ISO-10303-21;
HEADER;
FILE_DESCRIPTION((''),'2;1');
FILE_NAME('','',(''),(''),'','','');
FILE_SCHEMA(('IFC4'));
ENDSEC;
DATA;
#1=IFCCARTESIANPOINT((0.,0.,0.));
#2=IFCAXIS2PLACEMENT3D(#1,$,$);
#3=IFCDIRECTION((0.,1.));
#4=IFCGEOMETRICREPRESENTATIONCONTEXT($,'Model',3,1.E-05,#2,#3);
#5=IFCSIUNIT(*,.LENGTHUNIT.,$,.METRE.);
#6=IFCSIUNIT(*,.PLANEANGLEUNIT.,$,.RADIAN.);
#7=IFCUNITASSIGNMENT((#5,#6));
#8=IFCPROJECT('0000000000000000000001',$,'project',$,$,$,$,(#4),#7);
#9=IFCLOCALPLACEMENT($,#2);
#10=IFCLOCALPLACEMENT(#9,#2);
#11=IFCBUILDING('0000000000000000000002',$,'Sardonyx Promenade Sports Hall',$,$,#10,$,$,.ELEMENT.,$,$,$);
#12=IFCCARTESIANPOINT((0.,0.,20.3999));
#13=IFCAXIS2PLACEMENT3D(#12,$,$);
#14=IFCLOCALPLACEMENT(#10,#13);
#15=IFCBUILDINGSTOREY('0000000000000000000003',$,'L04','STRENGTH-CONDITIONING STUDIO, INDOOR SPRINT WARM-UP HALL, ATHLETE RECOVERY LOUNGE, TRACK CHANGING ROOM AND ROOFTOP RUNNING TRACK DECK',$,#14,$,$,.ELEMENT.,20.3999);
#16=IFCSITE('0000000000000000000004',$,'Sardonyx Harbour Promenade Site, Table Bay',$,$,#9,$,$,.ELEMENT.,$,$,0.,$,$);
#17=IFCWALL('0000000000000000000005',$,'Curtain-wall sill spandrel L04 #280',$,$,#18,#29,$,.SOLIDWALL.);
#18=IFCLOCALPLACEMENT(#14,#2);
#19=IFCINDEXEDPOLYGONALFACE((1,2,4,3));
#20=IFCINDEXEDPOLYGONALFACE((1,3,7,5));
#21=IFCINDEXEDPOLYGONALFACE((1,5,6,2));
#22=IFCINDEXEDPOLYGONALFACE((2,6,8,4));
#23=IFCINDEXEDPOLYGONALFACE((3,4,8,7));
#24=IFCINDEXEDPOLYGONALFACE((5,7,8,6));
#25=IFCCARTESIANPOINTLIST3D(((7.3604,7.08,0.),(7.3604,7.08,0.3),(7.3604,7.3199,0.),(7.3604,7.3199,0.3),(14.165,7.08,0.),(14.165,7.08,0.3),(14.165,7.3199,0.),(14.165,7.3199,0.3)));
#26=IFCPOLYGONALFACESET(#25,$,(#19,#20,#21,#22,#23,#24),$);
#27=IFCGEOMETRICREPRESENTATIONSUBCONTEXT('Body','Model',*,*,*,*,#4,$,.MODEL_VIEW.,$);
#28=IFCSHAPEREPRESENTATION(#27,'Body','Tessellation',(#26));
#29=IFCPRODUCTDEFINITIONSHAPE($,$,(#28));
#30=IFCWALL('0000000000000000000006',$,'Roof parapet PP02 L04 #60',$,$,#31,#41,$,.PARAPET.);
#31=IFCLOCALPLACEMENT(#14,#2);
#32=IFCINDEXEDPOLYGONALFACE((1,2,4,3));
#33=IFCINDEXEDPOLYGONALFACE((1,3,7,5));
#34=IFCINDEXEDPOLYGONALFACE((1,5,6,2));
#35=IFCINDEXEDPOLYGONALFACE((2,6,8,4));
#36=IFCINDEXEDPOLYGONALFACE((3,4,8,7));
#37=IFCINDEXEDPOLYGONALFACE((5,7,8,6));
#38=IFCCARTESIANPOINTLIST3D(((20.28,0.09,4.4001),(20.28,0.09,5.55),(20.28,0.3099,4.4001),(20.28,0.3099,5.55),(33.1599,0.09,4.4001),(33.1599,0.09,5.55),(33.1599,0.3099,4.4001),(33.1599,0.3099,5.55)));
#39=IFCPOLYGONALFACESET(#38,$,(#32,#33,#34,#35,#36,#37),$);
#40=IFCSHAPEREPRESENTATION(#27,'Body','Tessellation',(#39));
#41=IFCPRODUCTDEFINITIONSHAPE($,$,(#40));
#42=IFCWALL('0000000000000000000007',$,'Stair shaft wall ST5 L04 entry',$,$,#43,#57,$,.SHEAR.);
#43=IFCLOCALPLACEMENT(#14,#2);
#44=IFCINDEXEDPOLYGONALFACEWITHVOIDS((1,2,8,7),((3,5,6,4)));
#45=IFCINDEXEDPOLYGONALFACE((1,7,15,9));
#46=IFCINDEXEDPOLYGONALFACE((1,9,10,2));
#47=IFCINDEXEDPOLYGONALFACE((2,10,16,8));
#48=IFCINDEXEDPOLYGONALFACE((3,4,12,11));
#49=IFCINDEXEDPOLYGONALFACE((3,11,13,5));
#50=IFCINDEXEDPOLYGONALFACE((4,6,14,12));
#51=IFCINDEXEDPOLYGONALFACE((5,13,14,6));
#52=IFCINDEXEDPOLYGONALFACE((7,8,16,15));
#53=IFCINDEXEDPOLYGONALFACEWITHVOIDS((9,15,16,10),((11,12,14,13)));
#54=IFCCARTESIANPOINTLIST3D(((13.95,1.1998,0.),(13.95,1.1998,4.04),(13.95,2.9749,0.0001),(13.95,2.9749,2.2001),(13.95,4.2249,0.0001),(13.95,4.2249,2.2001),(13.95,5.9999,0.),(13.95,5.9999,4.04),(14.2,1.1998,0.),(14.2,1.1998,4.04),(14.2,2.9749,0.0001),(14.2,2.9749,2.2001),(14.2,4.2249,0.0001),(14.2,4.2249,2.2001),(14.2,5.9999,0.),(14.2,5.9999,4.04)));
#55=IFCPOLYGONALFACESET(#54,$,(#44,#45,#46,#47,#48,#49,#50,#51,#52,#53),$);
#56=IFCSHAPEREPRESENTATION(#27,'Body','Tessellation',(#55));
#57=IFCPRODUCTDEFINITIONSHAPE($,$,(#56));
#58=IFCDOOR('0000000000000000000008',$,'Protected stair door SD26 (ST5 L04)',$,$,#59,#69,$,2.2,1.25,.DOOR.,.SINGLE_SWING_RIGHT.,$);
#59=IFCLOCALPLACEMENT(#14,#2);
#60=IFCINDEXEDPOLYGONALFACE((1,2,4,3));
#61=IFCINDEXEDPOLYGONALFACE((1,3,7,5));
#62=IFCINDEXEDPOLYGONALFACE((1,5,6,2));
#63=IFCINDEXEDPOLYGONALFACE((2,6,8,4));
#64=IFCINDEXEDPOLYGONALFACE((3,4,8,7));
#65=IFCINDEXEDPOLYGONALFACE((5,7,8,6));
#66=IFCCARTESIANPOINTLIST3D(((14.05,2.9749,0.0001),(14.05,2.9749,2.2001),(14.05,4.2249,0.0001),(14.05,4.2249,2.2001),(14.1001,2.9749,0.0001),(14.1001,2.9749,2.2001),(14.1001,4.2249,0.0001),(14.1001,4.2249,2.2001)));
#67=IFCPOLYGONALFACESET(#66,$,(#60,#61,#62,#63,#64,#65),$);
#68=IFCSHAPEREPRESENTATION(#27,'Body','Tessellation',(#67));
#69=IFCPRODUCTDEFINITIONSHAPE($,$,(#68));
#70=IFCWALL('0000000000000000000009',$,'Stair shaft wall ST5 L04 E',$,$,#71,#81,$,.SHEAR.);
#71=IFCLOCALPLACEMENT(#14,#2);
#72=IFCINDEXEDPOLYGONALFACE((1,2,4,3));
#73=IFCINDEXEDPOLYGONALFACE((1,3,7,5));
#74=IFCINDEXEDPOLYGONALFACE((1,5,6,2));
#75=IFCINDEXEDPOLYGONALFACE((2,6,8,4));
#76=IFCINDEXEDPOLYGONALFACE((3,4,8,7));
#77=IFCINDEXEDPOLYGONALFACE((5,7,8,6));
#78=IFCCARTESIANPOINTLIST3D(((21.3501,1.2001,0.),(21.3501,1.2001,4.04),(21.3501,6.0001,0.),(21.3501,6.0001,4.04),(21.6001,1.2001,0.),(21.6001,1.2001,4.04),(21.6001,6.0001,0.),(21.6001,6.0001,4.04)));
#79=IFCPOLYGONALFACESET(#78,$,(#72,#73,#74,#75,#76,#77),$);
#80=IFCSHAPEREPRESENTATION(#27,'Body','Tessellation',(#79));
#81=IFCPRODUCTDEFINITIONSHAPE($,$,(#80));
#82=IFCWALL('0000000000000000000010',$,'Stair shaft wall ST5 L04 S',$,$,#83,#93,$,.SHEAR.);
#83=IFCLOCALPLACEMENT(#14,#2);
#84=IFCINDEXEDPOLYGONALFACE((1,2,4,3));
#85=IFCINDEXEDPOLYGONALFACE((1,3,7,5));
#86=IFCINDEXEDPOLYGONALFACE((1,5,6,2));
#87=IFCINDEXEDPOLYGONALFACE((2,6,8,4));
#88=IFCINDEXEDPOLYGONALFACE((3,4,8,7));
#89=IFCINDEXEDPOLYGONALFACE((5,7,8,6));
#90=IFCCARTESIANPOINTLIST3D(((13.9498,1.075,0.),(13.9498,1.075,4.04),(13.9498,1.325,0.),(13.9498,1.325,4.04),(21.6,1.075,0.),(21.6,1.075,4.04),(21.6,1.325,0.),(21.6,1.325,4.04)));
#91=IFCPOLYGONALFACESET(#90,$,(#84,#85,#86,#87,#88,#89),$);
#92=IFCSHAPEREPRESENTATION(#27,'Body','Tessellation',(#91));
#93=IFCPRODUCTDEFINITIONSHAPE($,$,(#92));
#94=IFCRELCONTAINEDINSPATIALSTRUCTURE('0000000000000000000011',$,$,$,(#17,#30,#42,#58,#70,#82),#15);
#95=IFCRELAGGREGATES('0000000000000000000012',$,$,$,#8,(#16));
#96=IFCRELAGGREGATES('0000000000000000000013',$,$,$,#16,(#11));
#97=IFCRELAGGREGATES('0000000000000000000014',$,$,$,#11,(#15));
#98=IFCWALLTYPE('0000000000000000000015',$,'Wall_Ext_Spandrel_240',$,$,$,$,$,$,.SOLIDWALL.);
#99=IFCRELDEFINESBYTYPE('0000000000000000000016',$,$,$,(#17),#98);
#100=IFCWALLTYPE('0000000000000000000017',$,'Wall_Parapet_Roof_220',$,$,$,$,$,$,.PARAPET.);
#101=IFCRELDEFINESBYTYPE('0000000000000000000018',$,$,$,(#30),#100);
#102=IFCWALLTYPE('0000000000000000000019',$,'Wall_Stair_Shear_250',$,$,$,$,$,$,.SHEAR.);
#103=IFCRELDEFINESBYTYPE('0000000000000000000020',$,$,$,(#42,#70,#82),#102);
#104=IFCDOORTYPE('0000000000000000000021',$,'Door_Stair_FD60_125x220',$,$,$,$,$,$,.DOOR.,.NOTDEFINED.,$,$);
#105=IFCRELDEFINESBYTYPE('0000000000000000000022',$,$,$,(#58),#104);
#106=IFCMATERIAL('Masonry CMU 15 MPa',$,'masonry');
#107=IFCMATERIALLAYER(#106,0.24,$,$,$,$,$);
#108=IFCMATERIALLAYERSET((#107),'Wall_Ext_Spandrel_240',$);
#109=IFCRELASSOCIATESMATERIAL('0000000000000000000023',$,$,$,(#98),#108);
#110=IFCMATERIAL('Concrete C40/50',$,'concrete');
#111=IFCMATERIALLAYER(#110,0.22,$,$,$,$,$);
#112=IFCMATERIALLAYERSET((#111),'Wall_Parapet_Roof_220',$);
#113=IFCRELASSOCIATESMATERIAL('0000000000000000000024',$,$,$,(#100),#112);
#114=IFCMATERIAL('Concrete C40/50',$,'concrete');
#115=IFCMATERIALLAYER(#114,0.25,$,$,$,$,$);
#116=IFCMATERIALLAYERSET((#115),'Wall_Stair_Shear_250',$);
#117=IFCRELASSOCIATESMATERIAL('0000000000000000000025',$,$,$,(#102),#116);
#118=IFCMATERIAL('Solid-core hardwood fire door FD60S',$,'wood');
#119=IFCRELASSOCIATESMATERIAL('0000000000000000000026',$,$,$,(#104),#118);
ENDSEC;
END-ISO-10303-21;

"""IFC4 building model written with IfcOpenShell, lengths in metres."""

from ifc_helpers import new_model, si_unit, direction, frame, frame_2d, origin, place, context, subcontext, project, spatial, rectangle, extrude, material, layer, layer_set, type_object, element, fill, save


model = new_model("IFC4")

# Units and contexts
model_context = context("Model", 3, precision=1e-05, world=origin(), true_north=direction((0.0, 1.0)))
body_context = subcontext(model_context, "Body", "Model", "MODEL_VIEW")
ifc_project = project(units=[si_unit("LENGTHUNIT", "METRE"), si_unit("PLANEANGLEUNIT", "RADIAN")], contexts=[model_context])

# Site, building, storey
site_placement = place(None, origin())
site = spatial("IfcSite", under=ifc_project, at=site_placement, Name="Sardonyx Harbour Promenade Site, Table Bay", CompositionType="ELEMENT", RefElevation=0.0)
building_placement = place(site_placement, origin())
building = spatial("IfcBuilding", under=site, at=building_placement, Name="Sardonyx Promenade Sports Hall", CompositionType="ELEMENT")
storey_placement = place(building_placement, frame((0.0, 0.0, 20.3999)))
storey = spatial("IfcBuildingStorey", under=building, at=storey_placement, Name="L04", Description="STRENGTH-CONDITIONING STUDIO, INDOOR SPRINT WARM-UP HALL, ATHLETE RECOVERY LOUNGE, TRACK CHANGING ROOM AND ROOFTOP RUNNING TRACK DECK", CompositionType="ELEMENT", Elevation=20.3999)

# Walls
ifc_material_1 = material(Name="Masonry CMU 15 MPa", Category="masonry")
ifc_layer_1 = layer(ifc_material_1, 0.24)
ifc_layer_set_1 = layer_set([ifc_layer_1], Name="Wall_Ext_Spandrel_240")
wall_type_1 = type_object("IfcWallType", Name="Wall_Ext_Spandrel_240", PredefinedType="SOLIDWALL", material=ifc_layer_set_1)
wall_1_placement = place(storey_placement, frame((14.165, 7.2, 0.0), z_axis=(0.0, 0.0, 1.0), x_axis=(-1.0, 0.0, 0.0)))
element("IfcWall", 1, at=wall_1_placement, inside=storey, type_object=wall_type_1, Name="Curtain-wall sill spandrel L04 #280", PredefinedType="SOLIDWALL", context=body_context, shape_type="SweptSolid", body=[
    extrude(rectangle(XDim=6.8047, YDim=0.24, at=frame_2d((3.4023, 0.0))), origin(), (0.0, 0.0, 1.0), 0.3),
])
ifc_material_2 = material(Name="Concrete C40/50", Category="concrete")
ifc_layer_2 = layer(ifc_material_2, 0.22)
ifc_layer_set_2 = layer_set([ifc_layer_2], Name="Wall_Parapet_Roof_220")
wall_type_2 = type_object("IfcWallType", Name="Wall_Parapet_Roof_220", PredefinedType="PARAPET", material=ifc_layer_set_2)
wall_2_placement = place(storey_placement, frame((20.28, 0.2, 4.4001), z_axis=(0.0, 0.0, 1.0), x_axis=(1.0, 0.0, 0.0)))
element("IfcWall", 2, at=wall_2_placement, inside=storey, type_object=wall_type_2, Name="Roof parapet PP02 L04 #60", PredefinedType="PARAPET", context=body_context, shape_type="SweptSolid", body=[
    extrude(rectangle(XDim=12.8799, YDim=0.22, at=frame_2d((6.4399, 0.0))), origin(), (0.0, 0.0, 1.0), 1.1499),
])

# Wall, opening, door
ifc_material_3 = material(Name="Concrete C40/50", Category="concrete")
ifc_layer_3 = layer(ifc_material_3, 0.25)
ifc_layer_set_3 = layer_set([ifc_layer_3], Name="Wall_Stair_Shear_250")
wall_type_3 = type_object("IfcWallType", Name="Wall_Stair_Shear_250", PredefinedType="SHEAR", material=ifc_layer_set_3)
wall_3_placement = place(storey_placement, frame((14.075, 1.2, 0.0), z_axis=(0.0, 0.0, 1.0), x_axis=(0.0, 1.0, 0.0)))
wall_3 = element("IfcWall", 3, at=wall_3_placement, inside=storey, type_object=wall_type_3, Name="Stair shaft wall ST5 L04 entry", PredefinedType="SHEAR", context=body_context, shape_type="SweptSolid", body=[
    extrude(rectangle(XDim=4.8, YDim=0.25, at=frame_2d((2.3999, 0.0))), origin(), (0.0, 0.0, 1.0), 4.04),
])
opening_1_placement = place(wall_3_placement, frame((1.7749, 0.0, 0.0)))
opening_1 = element("IfcOpeningElement", 4, at=opening_1_placement, cuts=wall_3, PredefinedType="OPENING", context=body_context, shape_type="SweptSolid", body=[
    extrude(rectangle(XDim=1.25, YDim=2.2, at=frame_2d((0.625, 1.1001))), frame((0.0, 0.135, 0.0), z_axis=(0.0, -1.0, 0.0), x_axis=(1.0, 0.0, 0.0)), (0.0, 0.0, 1.0), 0.27),
])
ifc_material_4 = material(Name="Solid-core hardwood fire door FD60S", Category="wood")
door_type_1 = type_object("IfcDoorType", Name="Door_Stair_FD60_125x220", OperationType="NOTDEFINED", PredefinedType="DOOR", material=ifc_material_4)
door_1_placement = place(opening_1_placement, origin())
door_1 = element("IfcDoor", 5, at=door_1_placement, inside=storey, type_object=door_type_1, Name="Protected stair door SD26 (ST5 L04)", OperationType="SINGLE_SWING_RIGHT", OverallHeight=2.2, OverallWidth=1.25, PredefinedType="DOOR", context=body_context, shape_type="SweptSolid", body=[
    extrude(rectangle(XDim=1.25, YDim=2.2, at=frame_2d((0.625, 1.1001))), frame((0.0, 0.0249, 0.0), z_axis=(0.0, -1.0, 0.0), x_axis=(1.0, 0.0, 0.0)), (0.0, 0.0, 1.0), 0.05),
])
fill(opening_1, door_1)

# Walls
wall_4_placement = place(storey_placement, frame((21.4751, 6.0, 0.0), z_axis=(0.0, 0.0, 1.0), x_axis=(0.0, -1.0, 0.0)))
element("IfcWall", 6, at=wall_4_placement, inside=storey, type_object=wall_type_3, Name="Stair shaft wall ST5 L04 E", PredefinedType="SHEAR", context=body_context, shape_type="SweptSolid", body=[
    extrude(rectangle(XDim=4.8, YDim=0.25, at=frame_2d((2.3999, 0.0))), origin(), (0.0, 0.0, 1.0), 4.04),
])
wall_5_placement = place(storey_placement, frame((21.6001, 1.2, 0.0), z_axis=(0.0, 0.0, 1.0), x_axis=(-1.0, 0.0, 0.0)))
element("IfcWall", 7, at=wall_5_placement, inside=storey, type_object=wall_type_3, Name="Stair shaft wall ST5 L04 S", PredefinedType="SHEAR", context=body_context, shape_type="SweptSolid", body=[
    extrude(rectangle(XDim=7.6501, YDim=0.25, at=frame_2d((3.8252, 0.0))), origin(), (0.0, 0.0, 1.0), 4.04),
])

save(model, "model.ifc")
